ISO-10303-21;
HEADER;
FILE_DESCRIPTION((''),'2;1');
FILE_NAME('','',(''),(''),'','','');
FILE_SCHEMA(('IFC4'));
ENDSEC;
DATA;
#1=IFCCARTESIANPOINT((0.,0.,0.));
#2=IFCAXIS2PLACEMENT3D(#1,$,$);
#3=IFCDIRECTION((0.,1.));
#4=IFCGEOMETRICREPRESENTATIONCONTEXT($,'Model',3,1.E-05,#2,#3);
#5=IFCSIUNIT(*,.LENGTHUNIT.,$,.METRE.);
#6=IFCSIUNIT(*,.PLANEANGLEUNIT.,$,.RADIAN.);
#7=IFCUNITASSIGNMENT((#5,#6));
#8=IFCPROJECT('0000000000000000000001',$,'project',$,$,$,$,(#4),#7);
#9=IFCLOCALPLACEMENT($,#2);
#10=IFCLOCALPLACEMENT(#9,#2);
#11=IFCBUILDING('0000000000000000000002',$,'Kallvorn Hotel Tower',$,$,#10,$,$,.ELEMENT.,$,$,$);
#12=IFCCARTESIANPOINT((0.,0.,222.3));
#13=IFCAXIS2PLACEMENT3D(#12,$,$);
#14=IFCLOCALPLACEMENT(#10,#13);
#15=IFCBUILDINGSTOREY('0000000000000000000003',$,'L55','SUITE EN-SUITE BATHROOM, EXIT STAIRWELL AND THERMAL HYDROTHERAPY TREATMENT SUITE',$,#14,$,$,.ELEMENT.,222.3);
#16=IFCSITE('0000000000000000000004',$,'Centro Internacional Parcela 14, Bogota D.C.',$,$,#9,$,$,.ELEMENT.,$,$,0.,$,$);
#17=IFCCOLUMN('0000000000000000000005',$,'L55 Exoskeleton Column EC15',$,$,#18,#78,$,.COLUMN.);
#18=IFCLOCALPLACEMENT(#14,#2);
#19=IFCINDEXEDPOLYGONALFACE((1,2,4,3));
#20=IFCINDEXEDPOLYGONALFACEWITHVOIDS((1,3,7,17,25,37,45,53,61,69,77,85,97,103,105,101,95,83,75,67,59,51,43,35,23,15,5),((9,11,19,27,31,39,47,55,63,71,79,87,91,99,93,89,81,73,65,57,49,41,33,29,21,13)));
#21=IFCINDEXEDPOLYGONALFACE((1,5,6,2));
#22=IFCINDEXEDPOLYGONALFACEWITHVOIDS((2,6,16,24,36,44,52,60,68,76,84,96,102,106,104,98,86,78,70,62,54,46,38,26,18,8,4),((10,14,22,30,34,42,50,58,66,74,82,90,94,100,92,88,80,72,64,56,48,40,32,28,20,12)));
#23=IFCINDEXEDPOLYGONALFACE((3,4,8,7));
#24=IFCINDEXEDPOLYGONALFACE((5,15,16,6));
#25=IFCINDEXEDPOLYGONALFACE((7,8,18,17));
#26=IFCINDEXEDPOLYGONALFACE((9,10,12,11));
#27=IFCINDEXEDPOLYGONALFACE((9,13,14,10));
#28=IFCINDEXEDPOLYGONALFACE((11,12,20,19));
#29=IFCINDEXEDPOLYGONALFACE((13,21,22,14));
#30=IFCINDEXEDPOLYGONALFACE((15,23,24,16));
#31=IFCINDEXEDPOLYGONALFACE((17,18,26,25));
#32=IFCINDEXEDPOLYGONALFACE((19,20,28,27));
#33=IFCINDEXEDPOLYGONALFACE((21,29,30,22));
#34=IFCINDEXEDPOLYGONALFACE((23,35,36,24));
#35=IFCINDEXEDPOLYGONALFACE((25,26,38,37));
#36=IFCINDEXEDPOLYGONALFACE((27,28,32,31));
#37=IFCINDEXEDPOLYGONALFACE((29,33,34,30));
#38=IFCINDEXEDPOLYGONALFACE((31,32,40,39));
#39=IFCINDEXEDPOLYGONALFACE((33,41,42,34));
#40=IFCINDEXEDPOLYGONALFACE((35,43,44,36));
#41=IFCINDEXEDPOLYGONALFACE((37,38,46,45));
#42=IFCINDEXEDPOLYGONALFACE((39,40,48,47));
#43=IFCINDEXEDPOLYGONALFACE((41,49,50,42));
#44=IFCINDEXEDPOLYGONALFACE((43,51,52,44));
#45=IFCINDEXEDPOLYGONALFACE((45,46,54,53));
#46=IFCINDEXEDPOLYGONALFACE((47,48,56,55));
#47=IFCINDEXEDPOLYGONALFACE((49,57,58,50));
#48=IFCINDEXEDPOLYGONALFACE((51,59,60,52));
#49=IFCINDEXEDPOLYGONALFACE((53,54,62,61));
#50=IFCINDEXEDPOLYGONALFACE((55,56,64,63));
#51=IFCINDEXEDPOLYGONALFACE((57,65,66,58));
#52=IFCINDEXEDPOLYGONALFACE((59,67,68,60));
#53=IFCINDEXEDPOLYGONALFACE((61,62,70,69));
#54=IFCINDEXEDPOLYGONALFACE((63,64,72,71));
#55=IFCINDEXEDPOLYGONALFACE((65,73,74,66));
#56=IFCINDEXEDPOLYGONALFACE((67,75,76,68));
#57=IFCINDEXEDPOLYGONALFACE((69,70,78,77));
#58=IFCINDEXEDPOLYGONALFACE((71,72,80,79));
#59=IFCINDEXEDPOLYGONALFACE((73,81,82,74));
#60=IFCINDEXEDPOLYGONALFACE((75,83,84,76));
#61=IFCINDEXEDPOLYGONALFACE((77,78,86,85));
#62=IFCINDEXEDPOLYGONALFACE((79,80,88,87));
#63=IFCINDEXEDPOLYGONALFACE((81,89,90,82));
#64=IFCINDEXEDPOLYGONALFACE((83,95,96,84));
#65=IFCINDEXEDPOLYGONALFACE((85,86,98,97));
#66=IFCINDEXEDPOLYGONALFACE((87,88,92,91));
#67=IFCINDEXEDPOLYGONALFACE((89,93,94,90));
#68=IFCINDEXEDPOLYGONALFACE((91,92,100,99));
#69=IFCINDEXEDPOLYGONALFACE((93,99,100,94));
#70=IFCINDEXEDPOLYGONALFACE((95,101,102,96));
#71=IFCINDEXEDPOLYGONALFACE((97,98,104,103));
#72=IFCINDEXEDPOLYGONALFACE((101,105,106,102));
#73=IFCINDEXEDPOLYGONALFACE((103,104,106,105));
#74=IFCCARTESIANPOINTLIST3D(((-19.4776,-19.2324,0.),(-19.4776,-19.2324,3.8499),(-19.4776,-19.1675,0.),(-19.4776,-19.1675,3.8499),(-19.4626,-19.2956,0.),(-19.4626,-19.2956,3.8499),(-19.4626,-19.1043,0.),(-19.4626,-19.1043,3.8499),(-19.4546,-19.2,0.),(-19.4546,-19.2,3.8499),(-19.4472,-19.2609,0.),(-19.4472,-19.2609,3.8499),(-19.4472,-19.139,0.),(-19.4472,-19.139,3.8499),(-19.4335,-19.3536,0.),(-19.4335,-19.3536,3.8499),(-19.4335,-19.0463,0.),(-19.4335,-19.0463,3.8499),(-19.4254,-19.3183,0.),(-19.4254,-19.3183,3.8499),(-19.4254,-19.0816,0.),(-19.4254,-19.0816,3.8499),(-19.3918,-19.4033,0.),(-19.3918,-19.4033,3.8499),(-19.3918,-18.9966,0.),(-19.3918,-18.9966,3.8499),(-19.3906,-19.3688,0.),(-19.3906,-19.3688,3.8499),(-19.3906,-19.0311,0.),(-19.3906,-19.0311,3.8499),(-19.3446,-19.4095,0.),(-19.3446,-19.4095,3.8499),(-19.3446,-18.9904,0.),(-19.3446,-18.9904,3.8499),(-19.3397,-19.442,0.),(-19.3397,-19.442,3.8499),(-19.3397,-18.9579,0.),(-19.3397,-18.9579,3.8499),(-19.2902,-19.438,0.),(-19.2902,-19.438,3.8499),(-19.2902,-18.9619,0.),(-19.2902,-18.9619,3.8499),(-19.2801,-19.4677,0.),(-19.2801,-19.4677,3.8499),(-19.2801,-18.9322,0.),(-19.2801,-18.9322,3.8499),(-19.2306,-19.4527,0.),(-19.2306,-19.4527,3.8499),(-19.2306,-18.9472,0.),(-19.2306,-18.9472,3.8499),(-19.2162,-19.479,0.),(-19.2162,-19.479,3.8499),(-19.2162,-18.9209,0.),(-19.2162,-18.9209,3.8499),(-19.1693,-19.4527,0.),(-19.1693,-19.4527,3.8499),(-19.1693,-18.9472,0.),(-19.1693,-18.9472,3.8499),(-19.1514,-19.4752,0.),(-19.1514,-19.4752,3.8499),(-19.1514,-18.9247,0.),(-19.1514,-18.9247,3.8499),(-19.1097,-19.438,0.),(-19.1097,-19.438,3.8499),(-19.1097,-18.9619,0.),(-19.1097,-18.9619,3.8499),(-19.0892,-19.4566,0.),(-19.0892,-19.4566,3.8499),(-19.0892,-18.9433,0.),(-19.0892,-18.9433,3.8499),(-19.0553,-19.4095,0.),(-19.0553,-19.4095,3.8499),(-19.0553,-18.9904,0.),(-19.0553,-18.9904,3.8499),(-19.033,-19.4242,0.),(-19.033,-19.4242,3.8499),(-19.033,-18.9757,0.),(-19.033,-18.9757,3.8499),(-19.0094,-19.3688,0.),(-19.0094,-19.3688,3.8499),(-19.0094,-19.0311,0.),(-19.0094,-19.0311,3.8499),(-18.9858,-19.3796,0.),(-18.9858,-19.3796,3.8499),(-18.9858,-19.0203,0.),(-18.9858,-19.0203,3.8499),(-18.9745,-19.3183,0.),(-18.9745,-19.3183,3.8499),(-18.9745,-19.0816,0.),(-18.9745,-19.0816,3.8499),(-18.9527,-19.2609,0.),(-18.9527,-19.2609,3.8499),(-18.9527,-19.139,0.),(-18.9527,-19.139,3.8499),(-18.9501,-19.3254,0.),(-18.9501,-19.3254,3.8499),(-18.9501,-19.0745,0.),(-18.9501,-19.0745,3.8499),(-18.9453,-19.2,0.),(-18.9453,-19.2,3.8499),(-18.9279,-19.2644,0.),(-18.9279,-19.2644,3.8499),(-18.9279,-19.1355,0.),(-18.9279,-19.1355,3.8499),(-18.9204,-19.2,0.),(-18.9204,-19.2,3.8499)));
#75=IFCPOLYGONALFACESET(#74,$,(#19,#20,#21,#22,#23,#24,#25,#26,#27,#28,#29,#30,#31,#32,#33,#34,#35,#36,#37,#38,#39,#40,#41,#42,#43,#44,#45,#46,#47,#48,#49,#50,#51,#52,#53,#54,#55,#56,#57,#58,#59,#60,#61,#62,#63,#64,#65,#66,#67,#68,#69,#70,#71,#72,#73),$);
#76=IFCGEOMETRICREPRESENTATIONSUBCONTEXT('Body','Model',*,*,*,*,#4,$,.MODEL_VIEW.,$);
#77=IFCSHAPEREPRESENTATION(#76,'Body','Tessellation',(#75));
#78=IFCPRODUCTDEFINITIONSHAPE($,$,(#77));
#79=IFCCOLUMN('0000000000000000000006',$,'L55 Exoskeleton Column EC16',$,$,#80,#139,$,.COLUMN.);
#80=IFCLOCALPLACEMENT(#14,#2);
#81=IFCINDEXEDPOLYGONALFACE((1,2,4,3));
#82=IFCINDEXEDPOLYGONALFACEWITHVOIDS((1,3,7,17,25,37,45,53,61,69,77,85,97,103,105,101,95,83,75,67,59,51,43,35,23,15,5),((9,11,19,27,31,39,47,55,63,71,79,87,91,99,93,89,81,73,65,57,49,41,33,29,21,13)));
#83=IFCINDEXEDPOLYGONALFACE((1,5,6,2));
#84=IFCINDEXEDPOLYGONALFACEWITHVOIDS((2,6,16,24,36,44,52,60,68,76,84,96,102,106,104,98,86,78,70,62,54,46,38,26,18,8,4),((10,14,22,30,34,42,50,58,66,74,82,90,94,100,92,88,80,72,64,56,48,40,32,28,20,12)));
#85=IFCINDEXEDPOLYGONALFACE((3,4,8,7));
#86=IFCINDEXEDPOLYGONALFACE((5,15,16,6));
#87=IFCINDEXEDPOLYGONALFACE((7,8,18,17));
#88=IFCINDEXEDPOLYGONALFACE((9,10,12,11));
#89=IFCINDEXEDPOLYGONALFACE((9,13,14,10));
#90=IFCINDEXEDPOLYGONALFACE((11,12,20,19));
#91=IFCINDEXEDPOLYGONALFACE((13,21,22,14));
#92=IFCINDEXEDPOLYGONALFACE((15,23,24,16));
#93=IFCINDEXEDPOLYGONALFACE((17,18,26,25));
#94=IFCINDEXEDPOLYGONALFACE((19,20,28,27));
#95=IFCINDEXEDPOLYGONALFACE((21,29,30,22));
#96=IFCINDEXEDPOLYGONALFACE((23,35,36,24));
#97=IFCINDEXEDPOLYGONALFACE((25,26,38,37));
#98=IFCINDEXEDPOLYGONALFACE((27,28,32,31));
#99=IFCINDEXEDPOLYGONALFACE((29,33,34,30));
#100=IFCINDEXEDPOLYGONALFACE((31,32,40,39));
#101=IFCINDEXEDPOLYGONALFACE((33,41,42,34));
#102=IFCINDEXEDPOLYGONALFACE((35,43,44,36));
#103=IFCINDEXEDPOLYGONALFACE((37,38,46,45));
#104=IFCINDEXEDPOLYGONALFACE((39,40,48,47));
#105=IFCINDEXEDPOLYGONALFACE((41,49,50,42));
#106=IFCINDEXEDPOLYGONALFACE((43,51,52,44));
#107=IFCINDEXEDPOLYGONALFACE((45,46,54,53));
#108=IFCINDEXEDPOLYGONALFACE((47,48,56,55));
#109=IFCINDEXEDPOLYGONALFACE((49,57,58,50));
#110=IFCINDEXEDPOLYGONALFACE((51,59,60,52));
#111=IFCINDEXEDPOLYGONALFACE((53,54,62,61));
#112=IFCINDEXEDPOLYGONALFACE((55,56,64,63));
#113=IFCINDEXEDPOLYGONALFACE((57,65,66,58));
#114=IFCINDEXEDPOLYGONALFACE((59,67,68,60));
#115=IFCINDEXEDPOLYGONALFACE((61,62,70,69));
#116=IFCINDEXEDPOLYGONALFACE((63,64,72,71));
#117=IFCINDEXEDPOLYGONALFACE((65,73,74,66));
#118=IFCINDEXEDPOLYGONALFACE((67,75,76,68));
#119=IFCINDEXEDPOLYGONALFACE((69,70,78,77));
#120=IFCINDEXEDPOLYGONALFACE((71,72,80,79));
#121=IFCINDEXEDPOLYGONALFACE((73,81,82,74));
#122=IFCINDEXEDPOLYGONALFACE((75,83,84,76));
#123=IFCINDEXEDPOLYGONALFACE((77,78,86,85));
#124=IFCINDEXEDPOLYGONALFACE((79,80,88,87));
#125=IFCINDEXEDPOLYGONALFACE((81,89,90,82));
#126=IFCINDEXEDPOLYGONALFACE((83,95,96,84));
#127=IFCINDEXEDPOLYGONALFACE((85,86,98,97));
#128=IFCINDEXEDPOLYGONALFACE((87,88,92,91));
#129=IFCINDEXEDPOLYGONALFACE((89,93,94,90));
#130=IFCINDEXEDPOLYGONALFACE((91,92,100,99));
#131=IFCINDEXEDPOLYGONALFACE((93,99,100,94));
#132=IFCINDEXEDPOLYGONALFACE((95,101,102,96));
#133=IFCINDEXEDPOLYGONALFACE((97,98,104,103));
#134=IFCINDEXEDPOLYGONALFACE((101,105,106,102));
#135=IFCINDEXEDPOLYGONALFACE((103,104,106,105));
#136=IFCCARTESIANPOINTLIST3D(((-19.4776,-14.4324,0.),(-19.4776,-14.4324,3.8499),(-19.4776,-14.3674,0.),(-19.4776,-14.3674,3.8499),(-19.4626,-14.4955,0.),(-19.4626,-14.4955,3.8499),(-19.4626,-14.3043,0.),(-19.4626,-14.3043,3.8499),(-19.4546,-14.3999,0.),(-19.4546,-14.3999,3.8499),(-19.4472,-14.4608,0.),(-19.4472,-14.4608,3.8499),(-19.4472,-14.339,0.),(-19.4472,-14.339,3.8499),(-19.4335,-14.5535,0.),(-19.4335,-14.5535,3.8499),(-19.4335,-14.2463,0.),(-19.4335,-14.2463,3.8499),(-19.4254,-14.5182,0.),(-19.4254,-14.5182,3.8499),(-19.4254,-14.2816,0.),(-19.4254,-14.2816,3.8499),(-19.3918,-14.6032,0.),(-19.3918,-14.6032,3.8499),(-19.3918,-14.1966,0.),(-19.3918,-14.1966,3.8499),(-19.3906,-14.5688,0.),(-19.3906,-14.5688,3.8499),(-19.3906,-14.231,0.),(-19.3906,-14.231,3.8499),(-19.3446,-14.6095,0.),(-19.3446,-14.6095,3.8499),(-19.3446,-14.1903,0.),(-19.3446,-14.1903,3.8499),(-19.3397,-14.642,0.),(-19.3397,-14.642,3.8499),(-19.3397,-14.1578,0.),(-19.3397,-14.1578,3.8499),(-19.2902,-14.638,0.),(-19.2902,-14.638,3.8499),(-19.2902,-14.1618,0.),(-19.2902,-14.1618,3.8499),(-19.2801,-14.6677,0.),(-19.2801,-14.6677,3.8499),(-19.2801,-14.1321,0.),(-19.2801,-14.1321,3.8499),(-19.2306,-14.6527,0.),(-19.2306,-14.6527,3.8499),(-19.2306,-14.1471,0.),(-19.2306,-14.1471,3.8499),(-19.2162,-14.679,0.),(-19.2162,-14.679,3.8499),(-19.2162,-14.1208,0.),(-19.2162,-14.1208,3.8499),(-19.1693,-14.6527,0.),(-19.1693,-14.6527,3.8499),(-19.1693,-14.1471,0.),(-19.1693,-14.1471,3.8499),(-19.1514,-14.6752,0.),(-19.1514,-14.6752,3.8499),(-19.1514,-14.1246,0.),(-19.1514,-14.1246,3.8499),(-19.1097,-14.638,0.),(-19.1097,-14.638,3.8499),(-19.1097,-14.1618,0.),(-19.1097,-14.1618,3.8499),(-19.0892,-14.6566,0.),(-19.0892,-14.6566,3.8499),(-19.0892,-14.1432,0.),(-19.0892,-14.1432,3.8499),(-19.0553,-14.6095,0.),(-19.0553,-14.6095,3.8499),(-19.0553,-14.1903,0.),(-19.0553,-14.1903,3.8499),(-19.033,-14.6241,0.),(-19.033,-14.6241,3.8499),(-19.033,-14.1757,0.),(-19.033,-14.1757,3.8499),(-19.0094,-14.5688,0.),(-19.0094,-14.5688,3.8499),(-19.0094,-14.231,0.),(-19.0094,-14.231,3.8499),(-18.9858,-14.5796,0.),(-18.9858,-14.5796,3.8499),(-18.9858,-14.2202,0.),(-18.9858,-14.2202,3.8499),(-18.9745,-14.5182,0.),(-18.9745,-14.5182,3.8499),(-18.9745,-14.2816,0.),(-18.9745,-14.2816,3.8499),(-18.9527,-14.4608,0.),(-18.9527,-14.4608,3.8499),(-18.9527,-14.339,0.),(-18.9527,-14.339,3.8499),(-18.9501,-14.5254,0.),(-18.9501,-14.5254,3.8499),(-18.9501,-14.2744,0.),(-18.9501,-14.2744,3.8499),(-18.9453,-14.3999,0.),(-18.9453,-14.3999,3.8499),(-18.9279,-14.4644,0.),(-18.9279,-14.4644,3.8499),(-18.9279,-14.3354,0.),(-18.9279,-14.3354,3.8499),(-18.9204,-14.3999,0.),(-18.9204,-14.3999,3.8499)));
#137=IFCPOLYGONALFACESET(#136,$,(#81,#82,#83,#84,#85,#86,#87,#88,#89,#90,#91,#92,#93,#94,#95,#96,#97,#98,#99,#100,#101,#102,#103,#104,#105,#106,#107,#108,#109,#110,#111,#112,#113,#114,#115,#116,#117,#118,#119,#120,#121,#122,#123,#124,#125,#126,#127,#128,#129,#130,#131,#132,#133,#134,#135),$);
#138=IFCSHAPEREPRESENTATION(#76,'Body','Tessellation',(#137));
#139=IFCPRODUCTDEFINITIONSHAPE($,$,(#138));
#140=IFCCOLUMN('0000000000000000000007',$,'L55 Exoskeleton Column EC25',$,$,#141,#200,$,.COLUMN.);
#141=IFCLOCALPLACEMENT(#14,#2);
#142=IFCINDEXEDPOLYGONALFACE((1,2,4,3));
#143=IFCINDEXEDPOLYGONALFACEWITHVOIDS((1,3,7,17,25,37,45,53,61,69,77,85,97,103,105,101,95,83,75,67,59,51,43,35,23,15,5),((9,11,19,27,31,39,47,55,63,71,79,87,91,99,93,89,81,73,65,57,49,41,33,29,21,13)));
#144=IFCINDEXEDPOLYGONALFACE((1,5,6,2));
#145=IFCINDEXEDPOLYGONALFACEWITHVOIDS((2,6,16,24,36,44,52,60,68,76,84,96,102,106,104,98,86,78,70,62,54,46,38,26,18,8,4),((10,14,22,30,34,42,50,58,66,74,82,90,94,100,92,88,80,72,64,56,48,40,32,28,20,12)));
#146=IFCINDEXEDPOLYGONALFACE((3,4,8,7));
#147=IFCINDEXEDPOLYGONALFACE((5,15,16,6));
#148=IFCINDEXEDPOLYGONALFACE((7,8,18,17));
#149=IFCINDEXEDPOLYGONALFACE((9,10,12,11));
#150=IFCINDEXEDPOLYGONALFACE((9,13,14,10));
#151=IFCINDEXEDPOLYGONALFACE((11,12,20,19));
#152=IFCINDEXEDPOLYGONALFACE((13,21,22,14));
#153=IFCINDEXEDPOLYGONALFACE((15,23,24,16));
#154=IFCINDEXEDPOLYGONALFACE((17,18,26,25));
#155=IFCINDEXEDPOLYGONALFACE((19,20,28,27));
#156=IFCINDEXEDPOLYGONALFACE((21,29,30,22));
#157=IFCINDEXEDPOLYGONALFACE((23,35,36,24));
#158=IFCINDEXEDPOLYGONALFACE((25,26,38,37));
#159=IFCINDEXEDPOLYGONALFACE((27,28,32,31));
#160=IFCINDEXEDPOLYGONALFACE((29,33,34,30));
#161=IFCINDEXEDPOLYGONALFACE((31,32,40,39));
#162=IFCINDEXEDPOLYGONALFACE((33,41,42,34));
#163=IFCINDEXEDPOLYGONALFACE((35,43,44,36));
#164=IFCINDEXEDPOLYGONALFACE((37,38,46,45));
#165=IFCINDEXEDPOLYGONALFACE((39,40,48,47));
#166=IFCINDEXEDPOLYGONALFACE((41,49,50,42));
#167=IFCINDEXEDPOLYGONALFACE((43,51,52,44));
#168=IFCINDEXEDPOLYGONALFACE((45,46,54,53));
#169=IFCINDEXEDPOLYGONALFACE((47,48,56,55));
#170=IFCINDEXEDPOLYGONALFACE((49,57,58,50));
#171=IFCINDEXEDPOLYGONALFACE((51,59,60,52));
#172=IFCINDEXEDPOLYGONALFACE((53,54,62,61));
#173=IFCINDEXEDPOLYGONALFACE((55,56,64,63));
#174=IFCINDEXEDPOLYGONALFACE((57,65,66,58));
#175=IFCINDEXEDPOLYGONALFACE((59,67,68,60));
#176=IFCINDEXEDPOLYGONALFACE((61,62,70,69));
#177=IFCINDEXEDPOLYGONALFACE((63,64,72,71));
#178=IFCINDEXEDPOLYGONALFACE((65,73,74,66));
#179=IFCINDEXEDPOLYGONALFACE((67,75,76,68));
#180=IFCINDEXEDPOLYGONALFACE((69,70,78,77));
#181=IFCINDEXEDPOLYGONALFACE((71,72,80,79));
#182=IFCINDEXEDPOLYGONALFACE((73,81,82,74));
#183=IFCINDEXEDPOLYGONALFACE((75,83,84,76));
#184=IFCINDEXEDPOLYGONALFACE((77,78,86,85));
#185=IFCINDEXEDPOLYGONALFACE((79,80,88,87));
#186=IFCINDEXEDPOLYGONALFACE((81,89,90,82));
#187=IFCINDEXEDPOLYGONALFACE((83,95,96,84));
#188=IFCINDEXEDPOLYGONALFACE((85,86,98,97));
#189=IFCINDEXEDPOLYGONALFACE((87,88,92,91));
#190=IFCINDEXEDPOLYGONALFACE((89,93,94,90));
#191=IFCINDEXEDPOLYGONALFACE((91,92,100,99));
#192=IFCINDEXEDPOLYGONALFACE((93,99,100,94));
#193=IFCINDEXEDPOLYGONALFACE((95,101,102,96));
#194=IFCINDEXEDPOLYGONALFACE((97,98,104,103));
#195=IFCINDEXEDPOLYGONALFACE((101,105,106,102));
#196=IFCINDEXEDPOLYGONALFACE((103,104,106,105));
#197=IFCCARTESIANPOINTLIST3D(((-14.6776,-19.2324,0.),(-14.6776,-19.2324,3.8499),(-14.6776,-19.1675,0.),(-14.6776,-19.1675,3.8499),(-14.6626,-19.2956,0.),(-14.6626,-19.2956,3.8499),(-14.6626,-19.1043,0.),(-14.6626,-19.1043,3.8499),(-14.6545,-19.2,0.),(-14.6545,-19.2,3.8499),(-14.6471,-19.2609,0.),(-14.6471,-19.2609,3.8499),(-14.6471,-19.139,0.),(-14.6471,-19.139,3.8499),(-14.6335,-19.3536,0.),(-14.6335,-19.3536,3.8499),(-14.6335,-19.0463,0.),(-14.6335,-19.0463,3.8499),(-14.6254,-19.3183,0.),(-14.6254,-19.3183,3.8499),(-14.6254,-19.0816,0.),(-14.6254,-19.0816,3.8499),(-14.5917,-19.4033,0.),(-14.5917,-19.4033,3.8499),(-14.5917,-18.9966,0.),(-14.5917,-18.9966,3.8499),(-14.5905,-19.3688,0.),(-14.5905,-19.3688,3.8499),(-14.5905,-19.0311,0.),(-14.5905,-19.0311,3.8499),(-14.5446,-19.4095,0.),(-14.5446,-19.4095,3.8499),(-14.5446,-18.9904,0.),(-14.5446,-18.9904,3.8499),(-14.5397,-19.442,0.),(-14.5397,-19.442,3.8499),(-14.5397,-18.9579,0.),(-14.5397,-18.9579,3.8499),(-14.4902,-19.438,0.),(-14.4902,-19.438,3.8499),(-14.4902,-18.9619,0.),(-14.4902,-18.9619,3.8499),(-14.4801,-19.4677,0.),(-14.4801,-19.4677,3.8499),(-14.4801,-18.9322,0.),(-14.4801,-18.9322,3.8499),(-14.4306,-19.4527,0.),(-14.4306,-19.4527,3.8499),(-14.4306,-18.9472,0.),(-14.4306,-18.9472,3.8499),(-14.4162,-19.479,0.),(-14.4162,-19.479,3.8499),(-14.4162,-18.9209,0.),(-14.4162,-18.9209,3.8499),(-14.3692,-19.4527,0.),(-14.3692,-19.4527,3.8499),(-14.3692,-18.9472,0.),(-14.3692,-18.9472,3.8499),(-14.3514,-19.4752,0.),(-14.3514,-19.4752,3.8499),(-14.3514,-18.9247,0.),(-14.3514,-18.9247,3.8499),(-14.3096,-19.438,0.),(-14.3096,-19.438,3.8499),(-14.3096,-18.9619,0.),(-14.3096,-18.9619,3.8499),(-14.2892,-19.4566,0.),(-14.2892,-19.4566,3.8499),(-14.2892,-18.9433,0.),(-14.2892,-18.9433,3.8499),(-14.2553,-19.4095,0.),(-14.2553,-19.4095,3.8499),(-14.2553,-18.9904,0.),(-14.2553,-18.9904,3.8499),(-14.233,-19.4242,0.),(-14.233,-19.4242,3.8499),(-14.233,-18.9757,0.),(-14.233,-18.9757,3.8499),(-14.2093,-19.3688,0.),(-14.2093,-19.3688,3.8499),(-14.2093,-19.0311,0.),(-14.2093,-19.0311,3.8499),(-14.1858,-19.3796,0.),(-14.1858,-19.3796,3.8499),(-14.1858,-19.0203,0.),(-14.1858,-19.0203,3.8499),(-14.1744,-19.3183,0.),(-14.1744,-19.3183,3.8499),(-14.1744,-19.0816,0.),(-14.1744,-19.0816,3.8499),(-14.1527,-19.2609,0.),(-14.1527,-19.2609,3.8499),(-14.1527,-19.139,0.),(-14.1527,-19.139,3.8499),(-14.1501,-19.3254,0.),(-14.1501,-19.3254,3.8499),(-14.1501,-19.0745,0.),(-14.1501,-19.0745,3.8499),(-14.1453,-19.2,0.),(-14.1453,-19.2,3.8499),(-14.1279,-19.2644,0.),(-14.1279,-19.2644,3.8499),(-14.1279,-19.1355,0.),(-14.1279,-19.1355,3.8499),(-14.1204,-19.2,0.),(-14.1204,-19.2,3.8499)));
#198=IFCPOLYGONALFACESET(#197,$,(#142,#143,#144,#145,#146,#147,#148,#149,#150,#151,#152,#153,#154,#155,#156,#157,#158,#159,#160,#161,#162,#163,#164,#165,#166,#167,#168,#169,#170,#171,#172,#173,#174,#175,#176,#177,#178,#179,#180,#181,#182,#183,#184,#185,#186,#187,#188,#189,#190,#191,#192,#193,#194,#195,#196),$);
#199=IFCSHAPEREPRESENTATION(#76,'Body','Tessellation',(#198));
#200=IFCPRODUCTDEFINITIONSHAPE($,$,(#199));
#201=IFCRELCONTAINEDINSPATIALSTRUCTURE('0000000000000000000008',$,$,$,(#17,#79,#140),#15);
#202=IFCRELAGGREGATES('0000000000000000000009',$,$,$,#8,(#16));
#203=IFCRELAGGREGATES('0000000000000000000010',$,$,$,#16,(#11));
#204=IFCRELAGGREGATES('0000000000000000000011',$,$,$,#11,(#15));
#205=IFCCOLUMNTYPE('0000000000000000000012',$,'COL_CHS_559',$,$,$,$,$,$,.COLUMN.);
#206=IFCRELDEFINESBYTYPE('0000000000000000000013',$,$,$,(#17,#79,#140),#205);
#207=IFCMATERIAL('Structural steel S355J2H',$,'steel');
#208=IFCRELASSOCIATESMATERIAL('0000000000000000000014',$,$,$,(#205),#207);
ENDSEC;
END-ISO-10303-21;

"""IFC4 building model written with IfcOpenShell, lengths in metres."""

from ifc_helpers import new_model, si_unit, direction, frame, origin, origin_2d, place, context, subcontext, project, spatial, hollow_circle, extrude, material, material_profile, profile_set, type_object, element, save


model = new_model("IFC4")

# Units and contexts
model_context = context("Model", 3, precision=1e-05, world=origin(), true_north=direction((0.0, 1.0)))
body_context = subcontext(model_context, "Body", "Model", "MODEL_VIEW")
ifc_project = project(units=[si_unit("LENGTHUNIT", "METRE"), si_unit("PLANEANGLEUNIT", "RADIAN")], contexts=[model_context])

# Site, building, storey
site_placement = place(None, origin())
site = spatial("IfcSite", under=ifc_project, at=site_placement, Name="Centro Internacional Parcela 14, Bogota D.C.", CompositionType="ELEMENT", RefElevation=0.0)
building_placement = place(site_placement, origin())
building = spatial("IfcBuilding", under=site, at=building_placement, Name="Kallvorn Hotel Tower", CompositionType="ELEMENT")
storey_placement = place(building_placement, frame((0.0, 0.0, 222.3)))
storey = spatial("IfcBuildingStorey", under=building, at=storey_placement, Name="L55", Description="SUITE EN-SUITE BATHROOM, EXIT STAIRWELL AND THERMAL HYDROTHERAPY TREATMENT SUITE", CompositionType="ELEMENT", Elevation=222.3)

# Columns
ifc_material_1 = material(Name="Structural steel S355J2H", Category="steel")
ifc_material_profile_1 = material_profile(ifc_material_1, hollow_circle(Radius=0.2795, WallThickness=0.0249, at=origin_2d()), Name="CHS 559x25")
ifc_profile_set_1 = profile_set([ifc_material_profile_1], Name="Structural steel S355J2H")
column_type_1 = type_object("IfcColumnType", Name="COL_CHS_559", PredefinedType="COLUMN", material=ifc_profile_set_1)
for number, where, z_axis, x_axis, name in (
    (1, (-19.2, -19.2, 0.0), (0.0, 0.0, 1.0), (1.0, 0.0, 0.0), "L55 Exoskeleton Column EC15"),
    (2, (-19.2, -14.3999, 0.0), (0.0, 0.0, 1.0), (1.0, 0.0, 0.0), "L55 Exoskeleton Column EC16"),
    (3, (-14.3999, -19.2, 0.0), (0.0, 0.0, 1.0), (1.0, 0.0, 0.0), "L55 Exoskeleton Column EC25"),
):
    element("IfcColumn", number, at=place(storey_placement, frame(where, z_axis=z_axis, x_axis=x_axis)), inside=storey, type_object=column_type_1, Name=name, PredefinedType="COLUMN", context=body_context, shape_type="SweptSolid", body=[
        extrude(hollow_circle(Radius=0.2795, WallThickness=0.0249, at=origin_2d()), origin(), (0.0, 0.0, 1.0), 3.8499),
    ])

save(model, "model.ifc")
